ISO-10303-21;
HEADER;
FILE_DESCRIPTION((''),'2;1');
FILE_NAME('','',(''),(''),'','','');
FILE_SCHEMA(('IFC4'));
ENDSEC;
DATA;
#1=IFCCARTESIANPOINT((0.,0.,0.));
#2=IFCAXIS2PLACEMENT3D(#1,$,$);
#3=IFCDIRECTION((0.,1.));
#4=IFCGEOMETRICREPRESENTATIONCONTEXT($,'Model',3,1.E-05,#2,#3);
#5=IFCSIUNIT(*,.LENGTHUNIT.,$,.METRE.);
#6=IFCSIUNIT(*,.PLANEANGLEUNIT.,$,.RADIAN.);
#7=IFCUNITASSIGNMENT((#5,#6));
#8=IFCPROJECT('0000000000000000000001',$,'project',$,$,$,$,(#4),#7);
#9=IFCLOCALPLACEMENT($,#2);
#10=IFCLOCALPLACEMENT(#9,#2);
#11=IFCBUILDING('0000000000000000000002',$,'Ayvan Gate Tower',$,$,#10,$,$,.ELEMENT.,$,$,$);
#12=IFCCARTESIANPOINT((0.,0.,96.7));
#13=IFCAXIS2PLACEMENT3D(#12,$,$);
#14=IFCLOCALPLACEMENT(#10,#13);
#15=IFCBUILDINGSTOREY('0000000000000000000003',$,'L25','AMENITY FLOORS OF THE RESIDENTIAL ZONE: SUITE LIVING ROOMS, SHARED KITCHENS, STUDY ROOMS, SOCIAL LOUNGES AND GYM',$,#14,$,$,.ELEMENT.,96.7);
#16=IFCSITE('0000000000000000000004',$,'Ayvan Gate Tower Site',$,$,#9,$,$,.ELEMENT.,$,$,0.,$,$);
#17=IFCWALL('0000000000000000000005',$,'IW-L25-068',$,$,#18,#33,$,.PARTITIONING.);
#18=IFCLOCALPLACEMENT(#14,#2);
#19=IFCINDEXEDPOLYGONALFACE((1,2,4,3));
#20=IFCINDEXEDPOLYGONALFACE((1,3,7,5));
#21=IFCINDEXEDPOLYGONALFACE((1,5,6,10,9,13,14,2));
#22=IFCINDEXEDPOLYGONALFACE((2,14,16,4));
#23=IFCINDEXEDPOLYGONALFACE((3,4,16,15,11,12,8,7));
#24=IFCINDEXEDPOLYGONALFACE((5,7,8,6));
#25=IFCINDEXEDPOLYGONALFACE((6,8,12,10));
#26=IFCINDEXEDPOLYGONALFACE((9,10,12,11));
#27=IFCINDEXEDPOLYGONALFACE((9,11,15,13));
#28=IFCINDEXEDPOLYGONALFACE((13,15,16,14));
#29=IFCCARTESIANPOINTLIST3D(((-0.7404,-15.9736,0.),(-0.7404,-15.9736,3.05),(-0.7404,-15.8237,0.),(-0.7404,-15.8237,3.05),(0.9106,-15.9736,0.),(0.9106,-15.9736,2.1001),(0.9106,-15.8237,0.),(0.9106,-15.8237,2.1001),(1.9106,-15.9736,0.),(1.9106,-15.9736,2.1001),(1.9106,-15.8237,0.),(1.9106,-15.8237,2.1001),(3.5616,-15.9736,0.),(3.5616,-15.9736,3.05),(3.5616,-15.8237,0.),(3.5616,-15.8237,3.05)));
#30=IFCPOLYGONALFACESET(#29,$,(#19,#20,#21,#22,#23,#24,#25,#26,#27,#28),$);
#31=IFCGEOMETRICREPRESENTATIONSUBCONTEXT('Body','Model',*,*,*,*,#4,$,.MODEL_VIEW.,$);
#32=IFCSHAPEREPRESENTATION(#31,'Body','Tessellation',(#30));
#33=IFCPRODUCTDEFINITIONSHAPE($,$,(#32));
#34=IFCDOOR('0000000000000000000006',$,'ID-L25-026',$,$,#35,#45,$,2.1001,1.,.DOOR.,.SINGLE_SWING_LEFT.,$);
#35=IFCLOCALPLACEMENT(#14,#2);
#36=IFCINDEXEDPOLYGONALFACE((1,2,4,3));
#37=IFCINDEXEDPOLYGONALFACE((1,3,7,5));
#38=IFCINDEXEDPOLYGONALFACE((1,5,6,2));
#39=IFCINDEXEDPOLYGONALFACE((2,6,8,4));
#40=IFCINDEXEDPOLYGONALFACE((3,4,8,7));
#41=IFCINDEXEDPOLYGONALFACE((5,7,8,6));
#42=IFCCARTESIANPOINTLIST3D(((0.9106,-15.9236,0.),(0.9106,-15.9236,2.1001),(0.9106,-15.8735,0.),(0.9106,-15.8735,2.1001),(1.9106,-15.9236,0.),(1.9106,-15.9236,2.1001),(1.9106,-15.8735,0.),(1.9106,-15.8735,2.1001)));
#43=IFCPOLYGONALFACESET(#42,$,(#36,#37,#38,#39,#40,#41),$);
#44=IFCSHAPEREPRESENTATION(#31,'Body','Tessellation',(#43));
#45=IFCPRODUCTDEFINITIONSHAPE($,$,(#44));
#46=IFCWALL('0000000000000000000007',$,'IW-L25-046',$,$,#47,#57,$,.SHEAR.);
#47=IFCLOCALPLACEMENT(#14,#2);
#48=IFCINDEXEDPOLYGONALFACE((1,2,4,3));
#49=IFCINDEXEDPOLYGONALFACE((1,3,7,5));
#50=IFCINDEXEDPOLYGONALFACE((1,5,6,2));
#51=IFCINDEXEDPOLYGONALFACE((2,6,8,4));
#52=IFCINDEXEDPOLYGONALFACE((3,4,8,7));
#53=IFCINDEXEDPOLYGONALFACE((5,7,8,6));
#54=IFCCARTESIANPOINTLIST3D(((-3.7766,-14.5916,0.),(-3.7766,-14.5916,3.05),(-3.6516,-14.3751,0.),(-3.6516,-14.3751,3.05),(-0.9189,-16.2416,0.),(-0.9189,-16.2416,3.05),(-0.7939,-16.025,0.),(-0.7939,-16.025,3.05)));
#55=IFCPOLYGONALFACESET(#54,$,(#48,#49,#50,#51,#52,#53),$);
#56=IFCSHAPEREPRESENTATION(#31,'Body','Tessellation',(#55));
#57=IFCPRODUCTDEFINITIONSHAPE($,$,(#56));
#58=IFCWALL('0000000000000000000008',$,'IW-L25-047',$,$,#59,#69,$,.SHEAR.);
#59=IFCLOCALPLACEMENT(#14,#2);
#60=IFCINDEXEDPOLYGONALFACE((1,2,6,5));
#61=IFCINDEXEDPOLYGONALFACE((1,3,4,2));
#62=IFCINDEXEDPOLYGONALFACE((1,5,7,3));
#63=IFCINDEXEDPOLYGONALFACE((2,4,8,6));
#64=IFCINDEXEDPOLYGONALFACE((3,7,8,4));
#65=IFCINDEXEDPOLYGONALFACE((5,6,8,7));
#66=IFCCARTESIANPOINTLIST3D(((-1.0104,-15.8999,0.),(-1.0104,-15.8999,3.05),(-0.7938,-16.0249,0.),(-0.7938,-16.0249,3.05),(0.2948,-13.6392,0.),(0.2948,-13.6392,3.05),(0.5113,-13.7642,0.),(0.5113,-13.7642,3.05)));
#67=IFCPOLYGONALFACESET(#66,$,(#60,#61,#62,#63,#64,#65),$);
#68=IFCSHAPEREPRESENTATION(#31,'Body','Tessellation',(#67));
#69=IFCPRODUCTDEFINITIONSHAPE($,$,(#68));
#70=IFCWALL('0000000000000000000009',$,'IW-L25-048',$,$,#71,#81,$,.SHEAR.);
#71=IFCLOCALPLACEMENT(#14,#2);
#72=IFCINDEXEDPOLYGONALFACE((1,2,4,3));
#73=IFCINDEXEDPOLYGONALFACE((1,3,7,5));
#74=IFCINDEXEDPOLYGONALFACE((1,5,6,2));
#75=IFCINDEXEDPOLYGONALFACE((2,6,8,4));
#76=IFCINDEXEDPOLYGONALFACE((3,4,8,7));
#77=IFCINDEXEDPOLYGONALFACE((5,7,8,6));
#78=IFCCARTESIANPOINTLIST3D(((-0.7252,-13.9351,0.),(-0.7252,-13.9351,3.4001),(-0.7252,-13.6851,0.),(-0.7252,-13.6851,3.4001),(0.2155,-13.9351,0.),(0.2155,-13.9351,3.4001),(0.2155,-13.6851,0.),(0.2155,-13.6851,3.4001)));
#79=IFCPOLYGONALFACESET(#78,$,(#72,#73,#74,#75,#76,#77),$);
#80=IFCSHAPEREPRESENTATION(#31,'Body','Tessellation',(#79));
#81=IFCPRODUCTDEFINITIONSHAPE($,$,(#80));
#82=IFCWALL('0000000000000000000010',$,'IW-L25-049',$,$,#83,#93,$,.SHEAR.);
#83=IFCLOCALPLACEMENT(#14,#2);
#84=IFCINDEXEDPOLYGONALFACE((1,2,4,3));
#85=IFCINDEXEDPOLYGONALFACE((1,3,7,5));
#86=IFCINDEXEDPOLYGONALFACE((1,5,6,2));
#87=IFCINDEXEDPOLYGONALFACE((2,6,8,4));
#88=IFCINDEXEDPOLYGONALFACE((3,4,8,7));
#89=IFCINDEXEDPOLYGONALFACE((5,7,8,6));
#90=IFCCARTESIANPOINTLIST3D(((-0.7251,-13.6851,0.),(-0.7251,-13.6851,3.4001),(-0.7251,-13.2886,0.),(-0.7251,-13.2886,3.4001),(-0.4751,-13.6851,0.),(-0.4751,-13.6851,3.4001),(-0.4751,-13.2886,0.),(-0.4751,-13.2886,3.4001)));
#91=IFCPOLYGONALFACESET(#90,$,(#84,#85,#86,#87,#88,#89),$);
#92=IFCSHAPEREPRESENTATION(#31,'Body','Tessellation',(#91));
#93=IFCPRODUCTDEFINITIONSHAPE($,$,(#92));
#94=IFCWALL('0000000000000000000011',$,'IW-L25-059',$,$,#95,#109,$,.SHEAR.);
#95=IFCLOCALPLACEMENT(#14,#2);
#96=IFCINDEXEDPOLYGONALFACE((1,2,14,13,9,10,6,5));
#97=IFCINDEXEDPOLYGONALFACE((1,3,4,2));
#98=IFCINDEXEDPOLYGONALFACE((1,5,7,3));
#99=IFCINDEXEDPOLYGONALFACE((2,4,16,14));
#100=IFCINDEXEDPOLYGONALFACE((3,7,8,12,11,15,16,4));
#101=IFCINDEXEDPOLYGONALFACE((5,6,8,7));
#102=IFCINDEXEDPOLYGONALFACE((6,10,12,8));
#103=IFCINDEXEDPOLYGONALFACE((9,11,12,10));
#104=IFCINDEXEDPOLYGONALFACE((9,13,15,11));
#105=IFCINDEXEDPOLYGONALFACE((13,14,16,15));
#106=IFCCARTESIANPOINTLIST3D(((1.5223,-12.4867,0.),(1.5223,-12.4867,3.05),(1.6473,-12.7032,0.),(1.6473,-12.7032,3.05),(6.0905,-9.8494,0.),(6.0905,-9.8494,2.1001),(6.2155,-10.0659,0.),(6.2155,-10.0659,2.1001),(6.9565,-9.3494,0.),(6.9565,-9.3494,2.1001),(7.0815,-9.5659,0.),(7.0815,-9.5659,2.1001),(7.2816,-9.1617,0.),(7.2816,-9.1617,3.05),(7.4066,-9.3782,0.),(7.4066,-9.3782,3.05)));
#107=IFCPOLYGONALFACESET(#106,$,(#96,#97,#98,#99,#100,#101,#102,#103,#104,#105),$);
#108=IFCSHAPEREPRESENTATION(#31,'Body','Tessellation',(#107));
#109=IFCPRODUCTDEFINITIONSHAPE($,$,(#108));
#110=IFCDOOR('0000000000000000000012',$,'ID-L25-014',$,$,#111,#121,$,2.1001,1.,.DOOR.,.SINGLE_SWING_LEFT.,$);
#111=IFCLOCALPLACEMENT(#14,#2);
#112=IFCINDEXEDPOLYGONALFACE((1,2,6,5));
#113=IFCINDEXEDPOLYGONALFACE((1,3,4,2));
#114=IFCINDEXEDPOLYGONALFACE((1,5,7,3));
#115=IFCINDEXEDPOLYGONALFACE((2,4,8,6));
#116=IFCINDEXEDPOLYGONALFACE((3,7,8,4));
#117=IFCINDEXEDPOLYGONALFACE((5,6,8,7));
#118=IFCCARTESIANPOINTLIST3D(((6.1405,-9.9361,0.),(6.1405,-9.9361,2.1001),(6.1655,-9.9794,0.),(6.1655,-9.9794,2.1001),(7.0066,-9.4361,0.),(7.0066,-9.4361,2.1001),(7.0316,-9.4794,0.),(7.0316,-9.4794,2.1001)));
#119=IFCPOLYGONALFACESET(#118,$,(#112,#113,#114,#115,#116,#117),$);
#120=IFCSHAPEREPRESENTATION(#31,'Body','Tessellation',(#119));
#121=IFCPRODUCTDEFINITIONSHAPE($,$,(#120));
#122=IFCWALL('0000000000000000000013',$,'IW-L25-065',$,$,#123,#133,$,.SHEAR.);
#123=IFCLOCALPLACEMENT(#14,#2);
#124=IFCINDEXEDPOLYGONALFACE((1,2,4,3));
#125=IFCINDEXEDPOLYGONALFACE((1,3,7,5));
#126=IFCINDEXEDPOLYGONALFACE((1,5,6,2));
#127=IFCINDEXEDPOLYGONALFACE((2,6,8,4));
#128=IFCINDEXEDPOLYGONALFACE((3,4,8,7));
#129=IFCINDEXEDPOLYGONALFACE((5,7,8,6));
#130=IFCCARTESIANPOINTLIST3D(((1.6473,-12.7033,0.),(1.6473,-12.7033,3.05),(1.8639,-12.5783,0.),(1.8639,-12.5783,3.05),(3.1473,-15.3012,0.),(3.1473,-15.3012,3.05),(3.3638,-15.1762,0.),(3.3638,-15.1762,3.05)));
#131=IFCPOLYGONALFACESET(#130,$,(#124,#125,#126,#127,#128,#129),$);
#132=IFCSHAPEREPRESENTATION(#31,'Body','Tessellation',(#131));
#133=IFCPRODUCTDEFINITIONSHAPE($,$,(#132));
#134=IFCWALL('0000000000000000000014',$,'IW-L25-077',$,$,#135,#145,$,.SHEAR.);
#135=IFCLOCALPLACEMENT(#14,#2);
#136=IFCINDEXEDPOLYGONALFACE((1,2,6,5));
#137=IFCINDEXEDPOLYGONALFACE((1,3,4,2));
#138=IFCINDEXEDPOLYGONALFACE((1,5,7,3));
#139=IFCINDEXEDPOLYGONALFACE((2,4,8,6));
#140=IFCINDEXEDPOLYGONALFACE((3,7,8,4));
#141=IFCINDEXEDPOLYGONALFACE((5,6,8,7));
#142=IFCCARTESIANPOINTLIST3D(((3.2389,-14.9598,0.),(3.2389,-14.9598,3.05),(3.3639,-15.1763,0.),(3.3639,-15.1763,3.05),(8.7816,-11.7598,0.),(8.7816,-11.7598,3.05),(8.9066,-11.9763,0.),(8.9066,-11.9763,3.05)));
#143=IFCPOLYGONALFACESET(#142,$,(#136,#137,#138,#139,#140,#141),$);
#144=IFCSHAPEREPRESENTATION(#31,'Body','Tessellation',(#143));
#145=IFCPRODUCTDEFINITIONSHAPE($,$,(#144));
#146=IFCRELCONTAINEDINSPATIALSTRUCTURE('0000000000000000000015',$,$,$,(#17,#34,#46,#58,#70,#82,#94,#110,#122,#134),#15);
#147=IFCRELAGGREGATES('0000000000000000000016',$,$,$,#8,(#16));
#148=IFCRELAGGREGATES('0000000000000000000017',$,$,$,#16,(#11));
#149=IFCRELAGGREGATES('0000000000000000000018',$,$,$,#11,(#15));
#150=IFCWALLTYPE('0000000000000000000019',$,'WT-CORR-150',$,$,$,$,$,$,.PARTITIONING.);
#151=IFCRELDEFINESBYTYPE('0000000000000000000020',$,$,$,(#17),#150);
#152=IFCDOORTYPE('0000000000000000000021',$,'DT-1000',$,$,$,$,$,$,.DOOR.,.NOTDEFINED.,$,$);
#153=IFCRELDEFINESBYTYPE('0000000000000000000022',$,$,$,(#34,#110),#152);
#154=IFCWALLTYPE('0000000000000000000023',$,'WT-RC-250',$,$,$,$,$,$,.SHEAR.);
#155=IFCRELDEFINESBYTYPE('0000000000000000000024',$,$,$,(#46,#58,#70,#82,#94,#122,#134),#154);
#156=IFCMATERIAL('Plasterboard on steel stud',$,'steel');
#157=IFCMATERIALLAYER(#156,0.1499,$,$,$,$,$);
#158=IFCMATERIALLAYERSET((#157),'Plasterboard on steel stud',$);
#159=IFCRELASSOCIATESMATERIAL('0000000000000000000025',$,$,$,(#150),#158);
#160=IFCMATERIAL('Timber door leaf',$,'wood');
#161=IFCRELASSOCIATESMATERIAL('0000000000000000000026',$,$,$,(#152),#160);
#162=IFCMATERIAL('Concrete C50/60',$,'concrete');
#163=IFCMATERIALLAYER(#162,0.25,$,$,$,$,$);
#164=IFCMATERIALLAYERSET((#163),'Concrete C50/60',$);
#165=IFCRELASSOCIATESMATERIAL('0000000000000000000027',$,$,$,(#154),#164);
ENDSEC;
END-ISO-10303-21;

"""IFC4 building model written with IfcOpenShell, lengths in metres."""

from ifc_helpers import new_model, si_unit, direction, frame, frame_2d, origin, place, context, subcontext, project, spatial, rectangle, extrude, material, layer, layer_set, type_object, element, fill, save


model = new_model("IFC4")

# Units and contexts
model_context = context("Model", 3, precision=1e-05, world=origin(), true_north=direction((0.0, 1.0)))
body_context = subcontext(model_context, "Body", "Model", "MODEL_VIEW")
ifc_project = project(units=[si_unit("LENGTHUNIT", "METRE"), si_unit("PLANEANGLEUNIT", "RADIAN")], contexts=[model_context])

# Site, building, storey
site_placement = place(None, origin())
site = spatial("IfcSite", under=ifc_project, at=site_placement, Name="Ayvan Gate Tower Site", CompositionType="ELEMENT", RefElevation=0.0)
building_placement = place(site_placement, origin())
building = spatial("IfcBuilding", under=site, at=building_placement, Name="Ayvan Gate Tower", CompositionType="ELEMENT")
storey_placement = place(building_placement, frame((0.0, 0.0, 96.7)))
storey = spatial("IfcBuildingStorey", under=building, at=storey_placement, Name="L25", Description="AMENITY FLOORS OF THE RESIDENTIAL ZONE: SUITE LIVING ROOMS, SHARED KITCHENS, STUDY ROOMS, SOCIAL LOUNGES AND GYM", CompositionType="ELEMENT", Elevation=96.7)

# Shared definitions
ifc_material_1 = material(Name="Plasterboard on steel stud", Category="steel")
ifc_layer_1 = layer(ifc_material_1, 0.1499)
ifc_layer_set_1 = layer_set([ifc_layer_1], Name="Plasterboard on steel stud")
wall_type_1 = type_object("IfcWallType", Name="WT-CORR-150", PredefinedType="PARTITIONING", material=ifc_layer_set_1)

# Wall, opening, door
wall_1_placement = place(storey_placement, frame((3.5615, -15.8987, 0.0), z_axis=(0.0, 0.0, 1.0), x_axis=(-1.0, 0.0, 0.0)))
wall_1 = element("IfcWall", 1, at=wall_1_placement, inside=storey, type_object=wall_type_1, Name="IW-L25-068", PredefinedType="PARTITIONING", context=body_context, shape_type="SweptSolid", body=[
    extrude(rectangle(XDim=4.302, YDim=0.1499, at=frame_2d((2.1509, 0.0))), origin(), (0.0, 0.0, 1.0), 3.05),
])
opening_1_placement = place(wall_1_placement, frame((1.6509, 0.0, 0.0)))
opening_1 = element("IfcOpeningElement", 2, at=opening_1_placement, cuts=wall_1, PredefinedType="OPENING", context=body_context, shape_type="SweptSolid", body=[
    extrude(rectangle(XDim=1.0, YDim=2.1001, at=frame_2d((0.5, 1.05))), frame((0.0, 0.085, 0.0), z_axis=(0.0, -1.0, 0.0), x_axis=(1.0, 0.0, 0.0)), (0.0, 0.0, 1.0), 0.1699),
])
ifc_material_2 = material(Name="Timber door leaf", Category="wood")
door_type = type_object("IfcDoorType", Name="DT-1000", OperationType="NOTDEFINED", PredefinedType="DOOR", material=ifc_material_2)
door_1_placement = place(opening_1_placement, origin())
door_1 = element("IfcDoor", 3, at=door_1_placement, inside=storey, type_object=door_type, Name="ID-L25-026", OperationType="SINGLE_SWING_LEFT", OverallHeight=2.1001, OverallWidth=1.0, PredefinedType="DOOR", context=body_context, shape_type="SweptSolid", body=[
    extrude(rectangle(XDim=1.0, YDim=2.1001, at=frame_2d((0.5, 1.05))), frame((0.0, 0.0249, 0.0), z_axis=(0.0, -1.0, 0.0), x_axis=(1.0, 0.0, 0.0)), (0.0, 0.0, 1.0), 0.05),
])
fill(opening_1, door_1)

# Walls
ifc_material_3 = material(Name="Concrete C50/60", Category="concrete")
ifc_layer_2 = layer(ifc_material_3, 0.25)
ifc_layer_set_2 = layer_set([ifc_layer_2], Name="Concrete C50/60")
wall_type_2 = type_object("IfcWallType", Name="WT-RC-250", PredefinedType="SHEAR", material=ifc_layer_set_2)
wall_2_placement = place(storey_placement, frame((-0.8564, -16.1333, 0.0), z_axis=(0.0, 0.0, 1.0), x_axis=(-0.866022, 0.500006, 0.0)))
element("IfcWall", 4, at=wall_2_placement, inside=storey, type_object=wall_type_2, Name="IW-L25-046", PredefinedType="SHEAR", context=body_context, shape_type="SweptSolid", body=[
    extrude(rectangle(XDim=3.2998, YDim=0.25, at=frame_2d((1.6499, 0.0))), origin(), (0.0, 0.0, 1.0), 3.05),
])
wall_3_placement = place(storey_placement, frame((-0.9021, -15.9624, 0.0), z_axis=(0.0, 0.0, 1.0), x_axis=(0.499982, 0.866036, 0.0)))
element("IfcWall", 5, at=wall_3_placement, inside=storey, type_object=wall_type_2, Name="IW-L25-047", PredefinedType="SHEAR", context=body_context, shape_type="SweptSolid", body=[
    extrude(rectangle(XDim=2.6104, YDim=0.25, at=frame_2d((1.3052, 0.0))), origin(), (0.0, 0.0, 1.0), 3.05),
])
wall_4_placement = place(storey_placement, frame((-0.7251, -13.8101, 0.0), z_axis=(0.0, 0.0, 1.0), x_axis=(1.0, 0.0, 0.0)))
element("IfcWall", 6, at=wall_4_placement, inside=storey, type_object=wall_type_2, Name="IW-L25-048", PredefinedType="SHEAR", context=body_context, shape_type="SweptSolid", body=[
    extrude(rectangle(XDim=0.9407, YDim=0.25, at=frame_2d((0.4702, 0.0))), origin(), (0.0, 0.0, 1.0), 3.4001),
])
wall_5_placement = place(storey_placement, frame((-0.6001, -13.2886, 0.0), z_axis=(0.0, 0.0, 1.0), x_axis=(0.0, -1.0, 0.0)))
element("IfcWall", 7, at=wall_5_placement, inside=storey, type_object=wall_type_2, Name="IW-L25-049", PredefinedType="SHEAR", context=body_context, shape_type="SweptSolid", body=[
    extrude(rectangle(XDim=0.3965, YDim=0.25, at=frame_2d((0.1982, 0.0))), origin(), (0.0, 0.0, 1.0), 3.4001),
])

# Wall, opening, door
wall_6_placement = place(storey_placement, frame((1.5847, -12.595, 0.0), z_axis=(0.0, 0.0, 1.0), x_axis=(0.866036, 0.499981, 0.0)))
wall_6 = element("IfcWall", 8, at=wall_6_placement, inside=storey, type_object=wall_type_2, Name="IW-L25-059", PredefinedType="SHEAR", context=body_context, shape_type="SweptSolid", body=[
    extrude(rectangle(XDim=6.6501, YDim=0.25, at=frame_2d((3.3252, 0.0))), origin(), (0.0, 0.0, 1.0), 3.05),
])
opening_2_placement = place(wall_6_placement, frame((5.2749, 0.0, 0.0)))
opening_2 = element("IfcOpeningElement", 9, at=opening_2_placement, cuts=wall_6, PredefinedType="OPENING", context=body_context, shape_type="SweptSolid", body=[
    extrude(rectangle(XDim=1.0, YDim=2.1001, at=frame_2d((0.5, 1.05))), frame((0.0, 0.135, 0.0), z_axis=(0.0, -1.0, 0.0), x_axis=(1.0, 0.0, 0.0)), (0.0, 0.0, 1.0), 0.27),
])
door_2_placement = place(opening_2_placement, origin())
door_2 = element("IfcDoor", 10, at=door_2_placement, inside=storey, type_object=door_type, Name="ID-L25-014", OperationType="SINGLE_SWING_LEFT", OverallHeight=2.1001, OverallWidth=1.0, PredefinedType="DOOR", context=body_context, shape_type="SweptSolid", body=[
    extrude(rectangle(XDim=1.0, YDim=2.1001, at=frame_2d((0.5, 1.05))), frame((0.0, 0.0249, 0.0), z_axis=(0.0, -1.0, 0.0), x_axis=(1.0, 0.0, 0.0)), (0.0, 0.0, 1.0), 0.05),
])
fill(opening_2, door_2)

# Walls
wall_7_placement = place(storey_placement, frame((3.2556, -15.2388, 0.0), z_axis=(0.0, 0.0, 1.0), x_axis=(-0.500025, 0.866011, 0.0)))
element("IfcWall", 11, at=wall_7_placement, inside=storey, type_object=wall_type_2, Name="IW-L25-065", PredefinedType="SHEAR", context=body_context, shape_type="SweptSolid", body=[
    extrude(rectangle(XDim=2.9998, YDim=0.25, at=frame_2d((1.5, 0.0))), origin(), (0.0, 0.0, 1.0), 3.05),
])
wall_8_placement = place(storey_placement, frame((3.3013, -15.0681, 0.0), z_axis=(0.0, 0.0, 1.0), x_axis=(0.866035, 0.499983, 0.0)))
element("IfcWall", 12, at=wall_8_placement, inside=storey, type_object=wall_type_2, Name="IW-L25-077", PredefinedType="SHEAR", context=body_context, shape_type="SweptSolid", body=[
    extrude(rectangle(XDim=6.4001, YDim=0.25, at=frame_2d((3.2002, 0.0))), origin(), (0.0, 0.0, 1.0), 3.05),
])

save(model, "model.ifc")
